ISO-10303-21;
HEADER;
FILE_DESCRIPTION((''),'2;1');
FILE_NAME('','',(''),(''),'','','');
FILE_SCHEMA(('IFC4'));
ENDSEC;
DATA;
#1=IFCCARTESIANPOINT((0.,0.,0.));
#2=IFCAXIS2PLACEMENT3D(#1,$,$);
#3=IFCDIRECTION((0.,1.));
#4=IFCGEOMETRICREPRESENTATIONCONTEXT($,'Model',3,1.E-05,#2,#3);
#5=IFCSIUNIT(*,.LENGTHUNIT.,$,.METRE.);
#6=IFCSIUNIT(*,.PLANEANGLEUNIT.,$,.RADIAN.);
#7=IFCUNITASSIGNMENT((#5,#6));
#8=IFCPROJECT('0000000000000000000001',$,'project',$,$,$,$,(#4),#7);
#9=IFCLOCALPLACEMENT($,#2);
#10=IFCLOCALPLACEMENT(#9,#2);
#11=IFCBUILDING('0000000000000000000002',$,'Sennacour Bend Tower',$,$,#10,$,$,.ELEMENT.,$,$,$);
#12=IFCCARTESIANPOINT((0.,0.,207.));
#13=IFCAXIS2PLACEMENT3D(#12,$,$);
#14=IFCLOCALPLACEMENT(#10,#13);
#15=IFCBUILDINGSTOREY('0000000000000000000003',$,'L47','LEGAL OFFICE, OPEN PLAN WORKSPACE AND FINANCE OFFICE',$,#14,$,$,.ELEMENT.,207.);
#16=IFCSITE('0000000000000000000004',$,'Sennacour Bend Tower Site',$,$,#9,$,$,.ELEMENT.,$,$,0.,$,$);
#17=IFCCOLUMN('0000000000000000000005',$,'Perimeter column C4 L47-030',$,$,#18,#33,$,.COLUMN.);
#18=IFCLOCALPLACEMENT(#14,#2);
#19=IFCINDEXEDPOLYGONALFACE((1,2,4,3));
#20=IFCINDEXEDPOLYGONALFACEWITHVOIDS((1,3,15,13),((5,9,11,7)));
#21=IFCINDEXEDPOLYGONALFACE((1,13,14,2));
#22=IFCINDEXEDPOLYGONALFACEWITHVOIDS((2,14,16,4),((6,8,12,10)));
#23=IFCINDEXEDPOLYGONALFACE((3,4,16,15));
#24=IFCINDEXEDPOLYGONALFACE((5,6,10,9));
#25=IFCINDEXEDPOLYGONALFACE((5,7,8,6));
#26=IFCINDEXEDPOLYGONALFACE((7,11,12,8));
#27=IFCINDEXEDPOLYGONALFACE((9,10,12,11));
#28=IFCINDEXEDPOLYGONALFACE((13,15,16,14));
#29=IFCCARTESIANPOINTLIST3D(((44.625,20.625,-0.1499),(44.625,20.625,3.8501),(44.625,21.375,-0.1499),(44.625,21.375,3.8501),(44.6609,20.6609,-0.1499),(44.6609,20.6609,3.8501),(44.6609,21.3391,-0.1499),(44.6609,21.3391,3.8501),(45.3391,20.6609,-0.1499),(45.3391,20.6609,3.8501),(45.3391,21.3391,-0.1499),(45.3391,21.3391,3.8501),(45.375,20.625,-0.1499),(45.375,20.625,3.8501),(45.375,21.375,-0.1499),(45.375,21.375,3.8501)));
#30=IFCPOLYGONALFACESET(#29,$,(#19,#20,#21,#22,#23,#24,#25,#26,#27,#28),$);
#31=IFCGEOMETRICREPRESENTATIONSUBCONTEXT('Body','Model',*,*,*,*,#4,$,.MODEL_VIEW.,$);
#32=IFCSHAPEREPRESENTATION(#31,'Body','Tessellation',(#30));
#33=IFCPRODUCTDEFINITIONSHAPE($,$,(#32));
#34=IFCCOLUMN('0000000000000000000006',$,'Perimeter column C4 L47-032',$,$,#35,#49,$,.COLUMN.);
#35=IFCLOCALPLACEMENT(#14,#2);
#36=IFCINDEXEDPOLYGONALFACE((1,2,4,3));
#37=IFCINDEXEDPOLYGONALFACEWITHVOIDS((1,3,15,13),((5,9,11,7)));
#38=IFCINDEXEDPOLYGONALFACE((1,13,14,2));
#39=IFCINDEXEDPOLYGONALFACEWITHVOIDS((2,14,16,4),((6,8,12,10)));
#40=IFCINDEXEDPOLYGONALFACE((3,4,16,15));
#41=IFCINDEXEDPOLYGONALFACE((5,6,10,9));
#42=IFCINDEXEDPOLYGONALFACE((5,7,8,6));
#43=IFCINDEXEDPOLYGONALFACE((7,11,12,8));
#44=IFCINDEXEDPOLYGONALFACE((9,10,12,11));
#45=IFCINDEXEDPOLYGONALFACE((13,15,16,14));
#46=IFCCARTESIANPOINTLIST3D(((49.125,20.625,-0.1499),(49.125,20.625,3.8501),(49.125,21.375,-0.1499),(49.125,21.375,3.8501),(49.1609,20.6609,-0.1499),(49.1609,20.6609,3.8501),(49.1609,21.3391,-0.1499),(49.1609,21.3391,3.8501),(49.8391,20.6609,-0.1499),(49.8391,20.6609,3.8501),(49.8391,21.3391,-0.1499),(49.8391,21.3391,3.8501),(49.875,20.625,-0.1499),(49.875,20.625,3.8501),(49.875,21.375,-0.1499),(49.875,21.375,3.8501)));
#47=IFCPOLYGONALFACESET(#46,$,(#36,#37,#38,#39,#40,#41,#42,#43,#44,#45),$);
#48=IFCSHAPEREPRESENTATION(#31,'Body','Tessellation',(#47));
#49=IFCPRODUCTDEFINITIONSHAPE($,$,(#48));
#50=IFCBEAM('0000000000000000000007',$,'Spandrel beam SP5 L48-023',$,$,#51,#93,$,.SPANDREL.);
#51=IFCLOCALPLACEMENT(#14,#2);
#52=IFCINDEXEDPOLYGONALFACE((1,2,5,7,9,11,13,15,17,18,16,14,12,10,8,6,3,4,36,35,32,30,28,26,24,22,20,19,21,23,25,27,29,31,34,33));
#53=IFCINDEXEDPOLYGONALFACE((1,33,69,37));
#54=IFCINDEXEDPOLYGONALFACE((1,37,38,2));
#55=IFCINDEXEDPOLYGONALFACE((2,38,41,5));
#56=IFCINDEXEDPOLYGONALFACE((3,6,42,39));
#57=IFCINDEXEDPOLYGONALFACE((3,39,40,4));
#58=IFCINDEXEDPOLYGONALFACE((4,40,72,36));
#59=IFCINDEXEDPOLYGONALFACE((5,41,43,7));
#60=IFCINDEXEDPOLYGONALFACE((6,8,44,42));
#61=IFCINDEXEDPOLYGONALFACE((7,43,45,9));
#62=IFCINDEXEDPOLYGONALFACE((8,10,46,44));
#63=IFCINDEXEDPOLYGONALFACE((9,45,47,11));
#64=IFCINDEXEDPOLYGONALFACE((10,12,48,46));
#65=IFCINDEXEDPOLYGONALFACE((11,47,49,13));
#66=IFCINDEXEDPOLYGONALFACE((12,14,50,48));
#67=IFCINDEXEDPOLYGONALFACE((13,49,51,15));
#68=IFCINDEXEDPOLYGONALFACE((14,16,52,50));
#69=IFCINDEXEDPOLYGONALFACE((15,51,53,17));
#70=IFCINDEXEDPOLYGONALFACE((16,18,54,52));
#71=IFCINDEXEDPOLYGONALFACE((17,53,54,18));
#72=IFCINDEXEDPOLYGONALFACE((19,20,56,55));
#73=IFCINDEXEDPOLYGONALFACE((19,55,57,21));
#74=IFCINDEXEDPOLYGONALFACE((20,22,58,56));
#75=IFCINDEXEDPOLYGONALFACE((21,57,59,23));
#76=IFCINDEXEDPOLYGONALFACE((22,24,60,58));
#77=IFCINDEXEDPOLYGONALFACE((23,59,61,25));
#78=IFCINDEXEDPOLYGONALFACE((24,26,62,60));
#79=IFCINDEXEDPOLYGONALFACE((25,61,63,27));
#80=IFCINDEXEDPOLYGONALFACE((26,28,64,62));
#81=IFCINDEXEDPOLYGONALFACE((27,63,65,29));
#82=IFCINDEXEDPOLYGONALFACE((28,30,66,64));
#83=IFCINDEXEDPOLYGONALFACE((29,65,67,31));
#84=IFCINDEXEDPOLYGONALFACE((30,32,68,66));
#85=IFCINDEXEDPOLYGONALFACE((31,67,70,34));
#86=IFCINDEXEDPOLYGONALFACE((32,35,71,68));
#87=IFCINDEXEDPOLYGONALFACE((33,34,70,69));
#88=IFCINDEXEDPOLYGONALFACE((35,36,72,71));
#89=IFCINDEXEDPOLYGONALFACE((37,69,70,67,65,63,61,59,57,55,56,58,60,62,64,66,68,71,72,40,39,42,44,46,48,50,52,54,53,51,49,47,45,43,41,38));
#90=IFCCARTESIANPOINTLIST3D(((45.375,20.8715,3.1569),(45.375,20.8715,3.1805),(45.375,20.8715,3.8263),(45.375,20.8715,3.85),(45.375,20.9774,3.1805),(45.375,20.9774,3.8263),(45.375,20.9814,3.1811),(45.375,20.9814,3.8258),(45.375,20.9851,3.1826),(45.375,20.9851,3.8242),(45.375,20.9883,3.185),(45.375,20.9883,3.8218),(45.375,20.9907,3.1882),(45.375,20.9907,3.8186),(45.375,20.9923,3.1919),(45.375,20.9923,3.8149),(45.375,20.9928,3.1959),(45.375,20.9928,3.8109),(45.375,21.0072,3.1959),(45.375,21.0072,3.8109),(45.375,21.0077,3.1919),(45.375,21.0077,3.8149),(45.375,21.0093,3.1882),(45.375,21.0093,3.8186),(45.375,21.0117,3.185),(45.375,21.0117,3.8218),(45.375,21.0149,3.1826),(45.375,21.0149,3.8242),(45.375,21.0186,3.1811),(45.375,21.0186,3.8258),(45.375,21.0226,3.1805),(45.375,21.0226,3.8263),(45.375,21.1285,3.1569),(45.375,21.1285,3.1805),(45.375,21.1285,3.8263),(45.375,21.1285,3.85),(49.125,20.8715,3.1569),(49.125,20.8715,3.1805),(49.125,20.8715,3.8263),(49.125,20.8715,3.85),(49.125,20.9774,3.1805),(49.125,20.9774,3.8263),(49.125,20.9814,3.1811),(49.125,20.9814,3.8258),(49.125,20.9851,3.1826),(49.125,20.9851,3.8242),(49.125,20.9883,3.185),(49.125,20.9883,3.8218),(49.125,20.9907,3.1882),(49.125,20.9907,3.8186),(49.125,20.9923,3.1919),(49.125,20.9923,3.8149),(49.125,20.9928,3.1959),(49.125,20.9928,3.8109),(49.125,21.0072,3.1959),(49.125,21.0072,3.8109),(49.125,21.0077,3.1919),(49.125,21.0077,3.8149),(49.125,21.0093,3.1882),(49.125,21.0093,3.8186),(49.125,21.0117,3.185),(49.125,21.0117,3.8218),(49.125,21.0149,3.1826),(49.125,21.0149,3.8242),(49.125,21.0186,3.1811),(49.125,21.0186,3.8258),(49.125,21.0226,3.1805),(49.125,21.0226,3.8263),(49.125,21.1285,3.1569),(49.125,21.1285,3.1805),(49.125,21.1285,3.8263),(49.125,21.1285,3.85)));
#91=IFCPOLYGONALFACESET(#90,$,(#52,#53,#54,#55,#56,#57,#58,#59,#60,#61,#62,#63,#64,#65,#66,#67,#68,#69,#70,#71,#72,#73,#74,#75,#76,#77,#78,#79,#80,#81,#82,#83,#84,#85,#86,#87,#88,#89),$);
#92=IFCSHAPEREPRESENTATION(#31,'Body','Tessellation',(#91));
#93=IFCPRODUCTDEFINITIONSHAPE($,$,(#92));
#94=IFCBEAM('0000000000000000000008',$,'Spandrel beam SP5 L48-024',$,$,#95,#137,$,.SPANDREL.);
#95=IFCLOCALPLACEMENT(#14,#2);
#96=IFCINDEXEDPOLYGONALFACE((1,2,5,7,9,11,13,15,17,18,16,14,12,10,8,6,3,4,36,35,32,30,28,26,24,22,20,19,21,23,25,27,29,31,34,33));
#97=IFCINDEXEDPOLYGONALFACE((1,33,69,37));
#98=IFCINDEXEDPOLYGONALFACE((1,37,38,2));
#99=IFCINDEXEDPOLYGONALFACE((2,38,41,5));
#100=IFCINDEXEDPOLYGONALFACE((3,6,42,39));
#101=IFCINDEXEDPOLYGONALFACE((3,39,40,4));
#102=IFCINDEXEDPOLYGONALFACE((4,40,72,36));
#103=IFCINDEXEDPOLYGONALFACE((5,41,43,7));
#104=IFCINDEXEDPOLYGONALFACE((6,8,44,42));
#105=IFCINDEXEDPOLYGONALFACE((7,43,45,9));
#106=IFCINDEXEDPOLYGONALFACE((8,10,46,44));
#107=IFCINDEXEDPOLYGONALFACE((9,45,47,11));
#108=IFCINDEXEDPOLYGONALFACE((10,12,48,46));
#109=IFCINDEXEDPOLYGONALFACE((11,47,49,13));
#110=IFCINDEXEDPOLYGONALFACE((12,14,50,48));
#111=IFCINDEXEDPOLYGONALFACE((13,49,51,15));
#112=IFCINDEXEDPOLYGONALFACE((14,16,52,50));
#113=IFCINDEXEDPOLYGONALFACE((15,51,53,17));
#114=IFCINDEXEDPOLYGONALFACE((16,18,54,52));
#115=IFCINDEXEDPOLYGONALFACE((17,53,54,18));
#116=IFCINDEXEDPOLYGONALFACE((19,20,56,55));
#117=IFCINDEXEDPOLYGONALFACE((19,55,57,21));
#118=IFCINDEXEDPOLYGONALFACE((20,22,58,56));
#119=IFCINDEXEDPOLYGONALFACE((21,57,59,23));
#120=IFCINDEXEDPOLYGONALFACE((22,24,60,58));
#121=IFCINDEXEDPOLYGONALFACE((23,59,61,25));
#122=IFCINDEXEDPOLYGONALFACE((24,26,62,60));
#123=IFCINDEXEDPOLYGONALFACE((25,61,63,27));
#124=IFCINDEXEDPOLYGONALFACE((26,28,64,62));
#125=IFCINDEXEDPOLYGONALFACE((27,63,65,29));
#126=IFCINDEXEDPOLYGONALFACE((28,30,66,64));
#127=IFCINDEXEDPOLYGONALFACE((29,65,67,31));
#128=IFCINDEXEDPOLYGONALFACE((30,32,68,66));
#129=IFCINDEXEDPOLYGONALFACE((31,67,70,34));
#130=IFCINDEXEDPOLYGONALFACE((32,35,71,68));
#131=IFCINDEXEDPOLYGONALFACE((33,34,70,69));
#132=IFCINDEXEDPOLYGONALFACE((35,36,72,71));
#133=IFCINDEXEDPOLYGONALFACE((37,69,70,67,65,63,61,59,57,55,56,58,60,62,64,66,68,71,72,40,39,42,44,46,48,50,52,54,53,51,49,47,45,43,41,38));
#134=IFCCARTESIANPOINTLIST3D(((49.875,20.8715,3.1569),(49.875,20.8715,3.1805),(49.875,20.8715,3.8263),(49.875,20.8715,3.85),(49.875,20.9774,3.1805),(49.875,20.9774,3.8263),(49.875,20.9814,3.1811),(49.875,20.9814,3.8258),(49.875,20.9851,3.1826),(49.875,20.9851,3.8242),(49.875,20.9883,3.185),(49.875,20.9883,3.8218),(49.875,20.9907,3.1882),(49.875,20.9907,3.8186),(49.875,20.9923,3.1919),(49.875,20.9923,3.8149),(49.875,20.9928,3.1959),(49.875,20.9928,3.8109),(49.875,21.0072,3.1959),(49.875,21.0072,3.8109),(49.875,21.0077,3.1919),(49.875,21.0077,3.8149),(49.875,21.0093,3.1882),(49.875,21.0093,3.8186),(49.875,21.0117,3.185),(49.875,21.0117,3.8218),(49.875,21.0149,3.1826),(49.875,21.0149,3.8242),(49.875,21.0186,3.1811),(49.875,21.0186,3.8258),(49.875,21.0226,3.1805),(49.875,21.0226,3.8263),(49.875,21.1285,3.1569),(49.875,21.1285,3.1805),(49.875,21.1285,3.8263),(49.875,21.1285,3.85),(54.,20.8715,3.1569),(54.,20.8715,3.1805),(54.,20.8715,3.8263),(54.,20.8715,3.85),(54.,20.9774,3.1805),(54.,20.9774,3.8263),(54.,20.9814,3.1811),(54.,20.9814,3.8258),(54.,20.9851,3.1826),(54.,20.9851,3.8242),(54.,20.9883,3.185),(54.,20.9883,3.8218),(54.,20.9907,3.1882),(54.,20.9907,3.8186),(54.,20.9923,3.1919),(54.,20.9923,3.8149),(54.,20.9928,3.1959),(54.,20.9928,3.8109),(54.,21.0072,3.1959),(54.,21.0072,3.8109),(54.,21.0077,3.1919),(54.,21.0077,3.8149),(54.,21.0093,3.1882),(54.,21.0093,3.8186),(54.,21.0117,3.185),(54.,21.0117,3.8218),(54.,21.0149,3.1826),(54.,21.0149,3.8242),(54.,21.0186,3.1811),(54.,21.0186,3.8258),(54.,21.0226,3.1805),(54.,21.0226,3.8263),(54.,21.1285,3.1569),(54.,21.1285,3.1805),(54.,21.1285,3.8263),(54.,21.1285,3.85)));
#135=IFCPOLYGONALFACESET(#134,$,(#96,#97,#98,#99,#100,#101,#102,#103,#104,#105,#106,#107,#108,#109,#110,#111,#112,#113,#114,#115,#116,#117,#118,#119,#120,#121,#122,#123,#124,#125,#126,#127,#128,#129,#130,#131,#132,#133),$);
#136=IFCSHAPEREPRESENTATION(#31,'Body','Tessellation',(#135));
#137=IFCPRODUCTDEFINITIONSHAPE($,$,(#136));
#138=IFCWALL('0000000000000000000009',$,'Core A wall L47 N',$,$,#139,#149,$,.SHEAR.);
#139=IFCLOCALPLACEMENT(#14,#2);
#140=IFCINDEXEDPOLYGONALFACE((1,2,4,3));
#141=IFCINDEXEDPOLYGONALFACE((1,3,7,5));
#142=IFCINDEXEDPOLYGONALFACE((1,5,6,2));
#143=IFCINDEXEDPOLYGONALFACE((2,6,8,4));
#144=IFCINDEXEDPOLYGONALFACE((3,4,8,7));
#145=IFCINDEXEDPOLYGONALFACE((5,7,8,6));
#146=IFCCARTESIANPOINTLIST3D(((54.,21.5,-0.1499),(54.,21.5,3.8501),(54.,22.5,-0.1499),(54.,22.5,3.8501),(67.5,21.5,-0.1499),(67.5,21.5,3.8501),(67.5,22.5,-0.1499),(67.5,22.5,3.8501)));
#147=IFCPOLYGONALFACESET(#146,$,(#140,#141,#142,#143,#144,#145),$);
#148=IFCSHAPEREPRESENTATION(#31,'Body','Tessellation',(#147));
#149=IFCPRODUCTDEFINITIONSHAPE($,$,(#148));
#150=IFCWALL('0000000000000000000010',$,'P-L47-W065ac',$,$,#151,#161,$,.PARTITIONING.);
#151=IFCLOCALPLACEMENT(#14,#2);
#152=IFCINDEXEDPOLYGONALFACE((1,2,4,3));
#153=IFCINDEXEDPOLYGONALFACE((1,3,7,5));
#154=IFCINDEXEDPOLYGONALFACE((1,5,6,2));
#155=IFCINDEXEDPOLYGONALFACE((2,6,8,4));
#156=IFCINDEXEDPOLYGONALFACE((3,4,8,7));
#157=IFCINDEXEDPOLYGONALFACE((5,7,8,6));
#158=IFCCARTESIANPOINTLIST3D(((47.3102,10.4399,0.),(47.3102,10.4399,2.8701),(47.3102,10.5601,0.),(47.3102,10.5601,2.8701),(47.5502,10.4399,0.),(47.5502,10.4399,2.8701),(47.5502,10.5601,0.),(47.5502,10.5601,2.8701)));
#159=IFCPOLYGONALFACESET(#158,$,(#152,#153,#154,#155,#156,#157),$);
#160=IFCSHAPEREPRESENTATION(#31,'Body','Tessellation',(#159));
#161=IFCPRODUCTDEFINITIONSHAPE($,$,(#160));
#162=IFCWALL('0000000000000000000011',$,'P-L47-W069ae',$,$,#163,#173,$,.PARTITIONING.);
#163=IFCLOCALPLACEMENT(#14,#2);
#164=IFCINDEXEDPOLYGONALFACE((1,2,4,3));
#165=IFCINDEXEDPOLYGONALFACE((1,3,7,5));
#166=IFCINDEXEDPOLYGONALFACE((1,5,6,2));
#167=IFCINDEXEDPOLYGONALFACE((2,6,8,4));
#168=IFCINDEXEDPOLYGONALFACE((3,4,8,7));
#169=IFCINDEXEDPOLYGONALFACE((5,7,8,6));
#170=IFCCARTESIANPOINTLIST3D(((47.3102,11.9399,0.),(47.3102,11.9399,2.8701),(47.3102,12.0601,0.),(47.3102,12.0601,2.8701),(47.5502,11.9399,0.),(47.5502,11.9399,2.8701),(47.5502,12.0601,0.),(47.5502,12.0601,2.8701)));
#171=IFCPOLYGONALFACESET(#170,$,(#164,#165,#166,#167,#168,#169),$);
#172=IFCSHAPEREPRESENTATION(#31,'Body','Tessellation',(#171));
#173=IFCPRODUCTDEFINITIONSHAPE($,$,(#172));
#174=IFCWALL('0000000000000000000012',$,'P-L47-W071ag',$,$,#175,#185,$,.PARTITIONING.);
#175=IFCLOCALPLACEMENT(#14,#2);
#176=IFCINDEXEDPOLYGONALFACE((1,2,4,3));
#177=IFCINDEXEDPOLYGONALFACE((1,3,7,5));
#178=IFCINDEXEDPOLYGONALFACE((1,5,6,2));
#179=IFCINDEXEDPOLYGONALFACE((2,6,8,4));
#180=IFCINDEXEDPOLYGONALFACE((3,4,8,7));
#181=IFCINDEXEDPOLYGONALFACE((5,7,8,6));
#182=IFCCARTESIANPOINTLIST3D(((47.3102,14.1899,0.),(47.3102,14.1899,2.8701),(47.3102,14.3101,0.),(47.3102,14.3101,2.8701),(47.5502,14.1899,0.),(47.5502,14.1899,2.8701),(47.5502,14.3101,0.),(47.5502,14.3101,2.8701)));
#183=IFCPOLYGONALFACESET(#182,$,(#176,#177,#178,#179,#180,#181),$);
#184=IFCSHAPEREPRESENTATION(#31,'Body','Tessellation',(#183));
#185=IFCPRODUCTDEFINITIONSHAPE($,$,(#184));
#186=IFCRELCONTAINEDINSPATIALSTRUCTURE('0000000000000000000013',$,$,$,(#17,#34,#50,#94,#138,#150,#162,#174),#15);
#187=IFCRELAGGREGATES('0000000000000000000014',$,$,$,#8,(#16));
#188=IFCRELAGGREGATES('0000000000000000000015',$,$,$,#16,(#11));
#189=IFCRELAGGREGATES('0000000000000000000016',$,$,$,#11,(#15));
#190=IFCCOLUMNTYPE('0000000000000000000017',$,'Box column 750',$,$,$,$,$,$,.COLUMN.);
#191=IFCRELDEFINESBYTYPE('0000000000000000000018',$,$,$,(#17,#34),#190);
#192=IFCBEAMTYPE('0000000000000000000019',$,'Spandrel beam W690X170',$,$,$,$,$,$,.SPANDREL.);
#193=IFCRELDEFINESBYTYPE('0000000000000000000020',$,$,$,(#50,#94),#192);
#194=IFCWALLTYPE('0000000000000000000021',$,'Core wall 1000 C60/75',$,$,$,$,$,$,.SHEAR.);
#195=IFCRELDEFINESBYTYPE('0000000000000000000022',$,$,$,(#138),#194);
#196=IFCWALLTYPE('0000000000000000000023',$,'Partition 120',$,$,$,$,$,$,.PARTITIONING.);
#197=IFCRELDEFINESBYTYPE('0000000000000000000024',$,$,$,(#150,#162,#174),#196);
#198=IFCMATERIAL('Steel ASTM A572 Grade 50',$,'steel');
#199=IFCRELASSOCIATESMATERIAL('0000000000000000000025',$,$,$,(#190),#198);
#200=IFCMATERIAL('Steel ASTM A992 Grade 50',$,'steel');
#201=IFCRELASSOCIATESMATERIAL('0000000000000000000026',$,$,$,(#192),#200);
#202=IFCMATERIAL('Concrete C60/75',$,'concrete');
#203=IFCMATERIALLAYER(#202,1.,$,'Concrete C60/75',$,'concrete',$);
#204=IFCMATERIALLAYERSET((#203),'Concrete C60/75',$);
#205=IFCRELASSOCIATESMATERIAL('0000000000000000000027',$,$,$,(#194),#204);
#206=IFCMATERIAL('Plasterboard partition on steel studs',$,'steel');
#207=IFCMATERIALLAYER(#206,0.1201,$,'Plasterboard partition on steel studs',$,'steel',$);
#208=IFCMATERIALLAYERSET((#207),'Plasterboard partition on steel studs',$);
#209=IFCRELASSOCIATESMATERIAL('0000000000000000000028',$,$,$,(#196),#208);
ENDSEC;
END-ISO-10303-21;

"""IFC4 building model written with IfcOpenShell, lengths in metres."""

from ifc_helpers import new_model, si_unit, direction, frame, frame_2d, origin, origin_2d, place, context, subcontext, project, spatial, rectangle, hollow_rectangle, i_section, extrude, material, layer, layer_set, material_profile, profile_set, type_object, element, save


model = new_model("IFC4")

# Units and contexts
model_context = context("Model", 3, precision=1e-05, world=origin(), true_north=direction((0.0, 1.0)))
body_context = subcontext(model_context, "Body", "Model", "MODEL_VIEW")
ifc_project = project(units=[si_unit("LENGTHUNIT", "METRE"), si_unit("PLANEANGLEUNIT", "RADIAN")], contexts=[model_context])

# Site, building, storey
site_placement = place(None, origin())
site = spatial("IfcSite", under=ifc_project, at=site_placement, Name="Sennacour Bend Tower Site", CompositionType="ELEMENT", RefElevation=0.0)
building_placement = place(site_placement, origin())
building = spatial("IfcBuilding", under=site, at=building_placement, Name="Sennacour Bend Tower", CompositionType="ELEMENT")
storey_placement = place(building_placement, frame((0.0, 0.0, 207.0)))
storey = spatial("IfcBuildingStorey", under=building, at=storey_placement, Name="L47", Description="LEGAL OFFICE, OPEN PLAN WORKSPACE AND FINANCE OFFICE", CompositionType="ELEMENT", Elevation=207.0)

# Columns
ifc_material_1 = material(Name="Steel ASTM A572 Grade 50", Category="steel")
ifc_material_profile_1 = material_profile(ifc_material_1, hollow_rectangle(XDim=0.75, YDim=0.75, WallThickness=0.0359, at=origin_2d()), Name="Steel ASTM A572 Grade 50", Category="steel")
ifc_profile_set_1 = profile_set([ifc_material_profile_1], Name="Steel ASTM A572 Grade 50")
column_type = type_object("IfcColumnType", Name="Box column 750", PredefinedType="COLUMN", material=ifc_profile_set_1)
for number, where, z_axis, x_axis, name in (
    (1, (45.0, 21.0, -0.1499), (0.0, 0.0, 1.0), (1.0, 0.0, 0.0), "Perimeter column C4 L47-030"),
    (2, (49.5, 21.0, -0.1499), (0.0, 0.0, 1.0), (1.0, 0.0, 0.0), "Perimeter column C4 L47-032"),
):
    element("IfcColumn", number, at=place(storey_placement, frame(where, z_axis=z_axis, x_axis=x_axis)), inside=storey, type_object=column_type, Name=name, PredefinedType="COLUMN", context=body_context, shape_type="SweptSolid", body=[
        extrude(hollow_rectangle(XDim=0.75, YDim=0.75, WallThickness=0.0359, at=origin_2d()), origin(), (0.0, 0.0, 1.0), 4.0),
    ])

# Beams
ifc_material_2 = material(Name="Steel ASTM A992 Grade 50", Category="steel")
ifc_material_profile_2 = material_profile(ifc_material_2, i_section(OverallWidth=0.2571, OverallDepth=0.6931, WebThickness=0.0144, FlangeThickness=0.0237, FilletRadius=0.0154, at=origin_2d()), Name="Steel ASTM A992 Grade 50", Category="steel")
ifc_profile_set_2 = profile_set([ifc_material_profile_2], Name="Steel ASTM A992 Grade 50")
beam_type = type_object("IfcBeamType", Name="Spandrel beam W690X170", PredefinedType="SPANDREL", material=ifc_profile_set_2)
beam_1_placement = place(storey_placement, frame((45.375, 21.0, 3.5034), z_axis=(1.0, 0.0, 0.0), x_axis=(0.0, 1.0, 0.0)))
element("IfcBeam", 3, at=beam_1_placement, inside=storey, type_object=beam_type, Name="Spandrel beam SP5 L48-023", PredefinedType="SPANDREL", context=body_context, shape_type="SweptSolid", body=[
    extrude(i_section(OverallWidth=0.2571, OverallDepth=0.6931, WebThickness=0.0144, FlangeThickness=0.0237, FilletRadius=0.0154, at=origin_2d()), origin(), (0.0, 0.0, 1.0), 3.75),
])
beam_2_placement = place(storey_placement, frame((49.875, 21.0, 3.5034), z_axis=(1.0, 0.0, 0.0), x_axis=(0.0, 1.0, 0.0)))
element("IfcBeam", 4, at=beam_2_placement, inside=storey, type_object=beam_type, Name="Spandrel beam SP5 L48-024", PredefinedType="SPANDREL", context=body_context, shape_type="SweptSolid", body=[
    extrude(i_section(OverallWidth=0.2571, OverallDepth=0.6931, WebThickness=0.0144, FlangeThickness=0.0237, FilletRadius=0.0154, at=origin_2d()), origin(), (0.0, 0.0, 1.0), 4.125),
])

# Walls
ifc_material_3 = material(Name="Concrete C60/75", Category="concrete")
ifc_layer_1 = layer(ifc_material_3, 1.0, Name="Concrete C60/75", Category="concrete")
ifc_layer_set_1 = layer_set([ifc_layer_1], Name="Concrete C60/75")
wall_type_1 = type_object("IfcWallType", Name="Core wall 1000 C60/75", PredefinedType="SHEAR", material=ifc_layer_set_1)
wall_1_placement = place(storey_placement, frame((54.0, 22.0, -0.1499), z_axis=(0.0, 0.0, 1.0), x_axis=(1.0, 0.0, 0.0)))
element("IfcWall", 5, at=wall_1_placement, inside=storey, type_object=wall_type_1, Name="Core A wall L47 N", PredefinedType="SHEAR", context=body_context, shape_type="SweptSolid", body=[
    extrude(rectangle(XDim=13.5, YDim=1.0, at=frame_2d((6.75, 0.0))), origin(), (0.0, 0.0, 1.0), 4.0),
])
ifc_material_4 = material(Name="Plasterboard partition on steel studs", Category="steel")
ifc_layer_2 = layer(ifc_material_4, 0.1201, Name="Plasterboard partition on steel studs", Category="steel")
ifc_layer_set_2 = layer_set([ifc_layer_2], Name="Plasterboard partition on steel studs")
wall_type_2 = type_object("IfcWallType", Name="Partition 120", PredefinedType="PARTITIONING", material=ifc_layer_set_2)
for number, where, z_axis, x_axis, name in (
    (6, (47.3101, 10.5, 0.0), (0.0, 0.0, 1.0), (1.0, 0.0, 0.0), "P-L47-W065ac"),
    (7, (47.3101, 12.0, 0.0), (0.0, 0.0, 1.0), (1.0, 0.0, 0.0), "P-L47-W069ae"),
    (8, (47.3101, 14.25, 0.0), (0.0, 0.0, 1.0), (1.0, 0.0, 0.0), "P-L47-W071ag"),
):
    element("IfcWall", number, at=place(storey_placement, frame(where, z_axis=z_axis, x_axis=x_axis)), inside=storey, type_object=wall_type_2, Name=name, PredefinedType="PARTITIONING", context=body_context, shape_type="SweptSolid", body=[
        extrude(rectangle(XDim=0.24, YDim=0.1201, at=frame_2d((0.1201, 0.0))), origin(), (0.0, 0.0, 1.0), 2.8701),
    ])

save(model, "model.ifc")
